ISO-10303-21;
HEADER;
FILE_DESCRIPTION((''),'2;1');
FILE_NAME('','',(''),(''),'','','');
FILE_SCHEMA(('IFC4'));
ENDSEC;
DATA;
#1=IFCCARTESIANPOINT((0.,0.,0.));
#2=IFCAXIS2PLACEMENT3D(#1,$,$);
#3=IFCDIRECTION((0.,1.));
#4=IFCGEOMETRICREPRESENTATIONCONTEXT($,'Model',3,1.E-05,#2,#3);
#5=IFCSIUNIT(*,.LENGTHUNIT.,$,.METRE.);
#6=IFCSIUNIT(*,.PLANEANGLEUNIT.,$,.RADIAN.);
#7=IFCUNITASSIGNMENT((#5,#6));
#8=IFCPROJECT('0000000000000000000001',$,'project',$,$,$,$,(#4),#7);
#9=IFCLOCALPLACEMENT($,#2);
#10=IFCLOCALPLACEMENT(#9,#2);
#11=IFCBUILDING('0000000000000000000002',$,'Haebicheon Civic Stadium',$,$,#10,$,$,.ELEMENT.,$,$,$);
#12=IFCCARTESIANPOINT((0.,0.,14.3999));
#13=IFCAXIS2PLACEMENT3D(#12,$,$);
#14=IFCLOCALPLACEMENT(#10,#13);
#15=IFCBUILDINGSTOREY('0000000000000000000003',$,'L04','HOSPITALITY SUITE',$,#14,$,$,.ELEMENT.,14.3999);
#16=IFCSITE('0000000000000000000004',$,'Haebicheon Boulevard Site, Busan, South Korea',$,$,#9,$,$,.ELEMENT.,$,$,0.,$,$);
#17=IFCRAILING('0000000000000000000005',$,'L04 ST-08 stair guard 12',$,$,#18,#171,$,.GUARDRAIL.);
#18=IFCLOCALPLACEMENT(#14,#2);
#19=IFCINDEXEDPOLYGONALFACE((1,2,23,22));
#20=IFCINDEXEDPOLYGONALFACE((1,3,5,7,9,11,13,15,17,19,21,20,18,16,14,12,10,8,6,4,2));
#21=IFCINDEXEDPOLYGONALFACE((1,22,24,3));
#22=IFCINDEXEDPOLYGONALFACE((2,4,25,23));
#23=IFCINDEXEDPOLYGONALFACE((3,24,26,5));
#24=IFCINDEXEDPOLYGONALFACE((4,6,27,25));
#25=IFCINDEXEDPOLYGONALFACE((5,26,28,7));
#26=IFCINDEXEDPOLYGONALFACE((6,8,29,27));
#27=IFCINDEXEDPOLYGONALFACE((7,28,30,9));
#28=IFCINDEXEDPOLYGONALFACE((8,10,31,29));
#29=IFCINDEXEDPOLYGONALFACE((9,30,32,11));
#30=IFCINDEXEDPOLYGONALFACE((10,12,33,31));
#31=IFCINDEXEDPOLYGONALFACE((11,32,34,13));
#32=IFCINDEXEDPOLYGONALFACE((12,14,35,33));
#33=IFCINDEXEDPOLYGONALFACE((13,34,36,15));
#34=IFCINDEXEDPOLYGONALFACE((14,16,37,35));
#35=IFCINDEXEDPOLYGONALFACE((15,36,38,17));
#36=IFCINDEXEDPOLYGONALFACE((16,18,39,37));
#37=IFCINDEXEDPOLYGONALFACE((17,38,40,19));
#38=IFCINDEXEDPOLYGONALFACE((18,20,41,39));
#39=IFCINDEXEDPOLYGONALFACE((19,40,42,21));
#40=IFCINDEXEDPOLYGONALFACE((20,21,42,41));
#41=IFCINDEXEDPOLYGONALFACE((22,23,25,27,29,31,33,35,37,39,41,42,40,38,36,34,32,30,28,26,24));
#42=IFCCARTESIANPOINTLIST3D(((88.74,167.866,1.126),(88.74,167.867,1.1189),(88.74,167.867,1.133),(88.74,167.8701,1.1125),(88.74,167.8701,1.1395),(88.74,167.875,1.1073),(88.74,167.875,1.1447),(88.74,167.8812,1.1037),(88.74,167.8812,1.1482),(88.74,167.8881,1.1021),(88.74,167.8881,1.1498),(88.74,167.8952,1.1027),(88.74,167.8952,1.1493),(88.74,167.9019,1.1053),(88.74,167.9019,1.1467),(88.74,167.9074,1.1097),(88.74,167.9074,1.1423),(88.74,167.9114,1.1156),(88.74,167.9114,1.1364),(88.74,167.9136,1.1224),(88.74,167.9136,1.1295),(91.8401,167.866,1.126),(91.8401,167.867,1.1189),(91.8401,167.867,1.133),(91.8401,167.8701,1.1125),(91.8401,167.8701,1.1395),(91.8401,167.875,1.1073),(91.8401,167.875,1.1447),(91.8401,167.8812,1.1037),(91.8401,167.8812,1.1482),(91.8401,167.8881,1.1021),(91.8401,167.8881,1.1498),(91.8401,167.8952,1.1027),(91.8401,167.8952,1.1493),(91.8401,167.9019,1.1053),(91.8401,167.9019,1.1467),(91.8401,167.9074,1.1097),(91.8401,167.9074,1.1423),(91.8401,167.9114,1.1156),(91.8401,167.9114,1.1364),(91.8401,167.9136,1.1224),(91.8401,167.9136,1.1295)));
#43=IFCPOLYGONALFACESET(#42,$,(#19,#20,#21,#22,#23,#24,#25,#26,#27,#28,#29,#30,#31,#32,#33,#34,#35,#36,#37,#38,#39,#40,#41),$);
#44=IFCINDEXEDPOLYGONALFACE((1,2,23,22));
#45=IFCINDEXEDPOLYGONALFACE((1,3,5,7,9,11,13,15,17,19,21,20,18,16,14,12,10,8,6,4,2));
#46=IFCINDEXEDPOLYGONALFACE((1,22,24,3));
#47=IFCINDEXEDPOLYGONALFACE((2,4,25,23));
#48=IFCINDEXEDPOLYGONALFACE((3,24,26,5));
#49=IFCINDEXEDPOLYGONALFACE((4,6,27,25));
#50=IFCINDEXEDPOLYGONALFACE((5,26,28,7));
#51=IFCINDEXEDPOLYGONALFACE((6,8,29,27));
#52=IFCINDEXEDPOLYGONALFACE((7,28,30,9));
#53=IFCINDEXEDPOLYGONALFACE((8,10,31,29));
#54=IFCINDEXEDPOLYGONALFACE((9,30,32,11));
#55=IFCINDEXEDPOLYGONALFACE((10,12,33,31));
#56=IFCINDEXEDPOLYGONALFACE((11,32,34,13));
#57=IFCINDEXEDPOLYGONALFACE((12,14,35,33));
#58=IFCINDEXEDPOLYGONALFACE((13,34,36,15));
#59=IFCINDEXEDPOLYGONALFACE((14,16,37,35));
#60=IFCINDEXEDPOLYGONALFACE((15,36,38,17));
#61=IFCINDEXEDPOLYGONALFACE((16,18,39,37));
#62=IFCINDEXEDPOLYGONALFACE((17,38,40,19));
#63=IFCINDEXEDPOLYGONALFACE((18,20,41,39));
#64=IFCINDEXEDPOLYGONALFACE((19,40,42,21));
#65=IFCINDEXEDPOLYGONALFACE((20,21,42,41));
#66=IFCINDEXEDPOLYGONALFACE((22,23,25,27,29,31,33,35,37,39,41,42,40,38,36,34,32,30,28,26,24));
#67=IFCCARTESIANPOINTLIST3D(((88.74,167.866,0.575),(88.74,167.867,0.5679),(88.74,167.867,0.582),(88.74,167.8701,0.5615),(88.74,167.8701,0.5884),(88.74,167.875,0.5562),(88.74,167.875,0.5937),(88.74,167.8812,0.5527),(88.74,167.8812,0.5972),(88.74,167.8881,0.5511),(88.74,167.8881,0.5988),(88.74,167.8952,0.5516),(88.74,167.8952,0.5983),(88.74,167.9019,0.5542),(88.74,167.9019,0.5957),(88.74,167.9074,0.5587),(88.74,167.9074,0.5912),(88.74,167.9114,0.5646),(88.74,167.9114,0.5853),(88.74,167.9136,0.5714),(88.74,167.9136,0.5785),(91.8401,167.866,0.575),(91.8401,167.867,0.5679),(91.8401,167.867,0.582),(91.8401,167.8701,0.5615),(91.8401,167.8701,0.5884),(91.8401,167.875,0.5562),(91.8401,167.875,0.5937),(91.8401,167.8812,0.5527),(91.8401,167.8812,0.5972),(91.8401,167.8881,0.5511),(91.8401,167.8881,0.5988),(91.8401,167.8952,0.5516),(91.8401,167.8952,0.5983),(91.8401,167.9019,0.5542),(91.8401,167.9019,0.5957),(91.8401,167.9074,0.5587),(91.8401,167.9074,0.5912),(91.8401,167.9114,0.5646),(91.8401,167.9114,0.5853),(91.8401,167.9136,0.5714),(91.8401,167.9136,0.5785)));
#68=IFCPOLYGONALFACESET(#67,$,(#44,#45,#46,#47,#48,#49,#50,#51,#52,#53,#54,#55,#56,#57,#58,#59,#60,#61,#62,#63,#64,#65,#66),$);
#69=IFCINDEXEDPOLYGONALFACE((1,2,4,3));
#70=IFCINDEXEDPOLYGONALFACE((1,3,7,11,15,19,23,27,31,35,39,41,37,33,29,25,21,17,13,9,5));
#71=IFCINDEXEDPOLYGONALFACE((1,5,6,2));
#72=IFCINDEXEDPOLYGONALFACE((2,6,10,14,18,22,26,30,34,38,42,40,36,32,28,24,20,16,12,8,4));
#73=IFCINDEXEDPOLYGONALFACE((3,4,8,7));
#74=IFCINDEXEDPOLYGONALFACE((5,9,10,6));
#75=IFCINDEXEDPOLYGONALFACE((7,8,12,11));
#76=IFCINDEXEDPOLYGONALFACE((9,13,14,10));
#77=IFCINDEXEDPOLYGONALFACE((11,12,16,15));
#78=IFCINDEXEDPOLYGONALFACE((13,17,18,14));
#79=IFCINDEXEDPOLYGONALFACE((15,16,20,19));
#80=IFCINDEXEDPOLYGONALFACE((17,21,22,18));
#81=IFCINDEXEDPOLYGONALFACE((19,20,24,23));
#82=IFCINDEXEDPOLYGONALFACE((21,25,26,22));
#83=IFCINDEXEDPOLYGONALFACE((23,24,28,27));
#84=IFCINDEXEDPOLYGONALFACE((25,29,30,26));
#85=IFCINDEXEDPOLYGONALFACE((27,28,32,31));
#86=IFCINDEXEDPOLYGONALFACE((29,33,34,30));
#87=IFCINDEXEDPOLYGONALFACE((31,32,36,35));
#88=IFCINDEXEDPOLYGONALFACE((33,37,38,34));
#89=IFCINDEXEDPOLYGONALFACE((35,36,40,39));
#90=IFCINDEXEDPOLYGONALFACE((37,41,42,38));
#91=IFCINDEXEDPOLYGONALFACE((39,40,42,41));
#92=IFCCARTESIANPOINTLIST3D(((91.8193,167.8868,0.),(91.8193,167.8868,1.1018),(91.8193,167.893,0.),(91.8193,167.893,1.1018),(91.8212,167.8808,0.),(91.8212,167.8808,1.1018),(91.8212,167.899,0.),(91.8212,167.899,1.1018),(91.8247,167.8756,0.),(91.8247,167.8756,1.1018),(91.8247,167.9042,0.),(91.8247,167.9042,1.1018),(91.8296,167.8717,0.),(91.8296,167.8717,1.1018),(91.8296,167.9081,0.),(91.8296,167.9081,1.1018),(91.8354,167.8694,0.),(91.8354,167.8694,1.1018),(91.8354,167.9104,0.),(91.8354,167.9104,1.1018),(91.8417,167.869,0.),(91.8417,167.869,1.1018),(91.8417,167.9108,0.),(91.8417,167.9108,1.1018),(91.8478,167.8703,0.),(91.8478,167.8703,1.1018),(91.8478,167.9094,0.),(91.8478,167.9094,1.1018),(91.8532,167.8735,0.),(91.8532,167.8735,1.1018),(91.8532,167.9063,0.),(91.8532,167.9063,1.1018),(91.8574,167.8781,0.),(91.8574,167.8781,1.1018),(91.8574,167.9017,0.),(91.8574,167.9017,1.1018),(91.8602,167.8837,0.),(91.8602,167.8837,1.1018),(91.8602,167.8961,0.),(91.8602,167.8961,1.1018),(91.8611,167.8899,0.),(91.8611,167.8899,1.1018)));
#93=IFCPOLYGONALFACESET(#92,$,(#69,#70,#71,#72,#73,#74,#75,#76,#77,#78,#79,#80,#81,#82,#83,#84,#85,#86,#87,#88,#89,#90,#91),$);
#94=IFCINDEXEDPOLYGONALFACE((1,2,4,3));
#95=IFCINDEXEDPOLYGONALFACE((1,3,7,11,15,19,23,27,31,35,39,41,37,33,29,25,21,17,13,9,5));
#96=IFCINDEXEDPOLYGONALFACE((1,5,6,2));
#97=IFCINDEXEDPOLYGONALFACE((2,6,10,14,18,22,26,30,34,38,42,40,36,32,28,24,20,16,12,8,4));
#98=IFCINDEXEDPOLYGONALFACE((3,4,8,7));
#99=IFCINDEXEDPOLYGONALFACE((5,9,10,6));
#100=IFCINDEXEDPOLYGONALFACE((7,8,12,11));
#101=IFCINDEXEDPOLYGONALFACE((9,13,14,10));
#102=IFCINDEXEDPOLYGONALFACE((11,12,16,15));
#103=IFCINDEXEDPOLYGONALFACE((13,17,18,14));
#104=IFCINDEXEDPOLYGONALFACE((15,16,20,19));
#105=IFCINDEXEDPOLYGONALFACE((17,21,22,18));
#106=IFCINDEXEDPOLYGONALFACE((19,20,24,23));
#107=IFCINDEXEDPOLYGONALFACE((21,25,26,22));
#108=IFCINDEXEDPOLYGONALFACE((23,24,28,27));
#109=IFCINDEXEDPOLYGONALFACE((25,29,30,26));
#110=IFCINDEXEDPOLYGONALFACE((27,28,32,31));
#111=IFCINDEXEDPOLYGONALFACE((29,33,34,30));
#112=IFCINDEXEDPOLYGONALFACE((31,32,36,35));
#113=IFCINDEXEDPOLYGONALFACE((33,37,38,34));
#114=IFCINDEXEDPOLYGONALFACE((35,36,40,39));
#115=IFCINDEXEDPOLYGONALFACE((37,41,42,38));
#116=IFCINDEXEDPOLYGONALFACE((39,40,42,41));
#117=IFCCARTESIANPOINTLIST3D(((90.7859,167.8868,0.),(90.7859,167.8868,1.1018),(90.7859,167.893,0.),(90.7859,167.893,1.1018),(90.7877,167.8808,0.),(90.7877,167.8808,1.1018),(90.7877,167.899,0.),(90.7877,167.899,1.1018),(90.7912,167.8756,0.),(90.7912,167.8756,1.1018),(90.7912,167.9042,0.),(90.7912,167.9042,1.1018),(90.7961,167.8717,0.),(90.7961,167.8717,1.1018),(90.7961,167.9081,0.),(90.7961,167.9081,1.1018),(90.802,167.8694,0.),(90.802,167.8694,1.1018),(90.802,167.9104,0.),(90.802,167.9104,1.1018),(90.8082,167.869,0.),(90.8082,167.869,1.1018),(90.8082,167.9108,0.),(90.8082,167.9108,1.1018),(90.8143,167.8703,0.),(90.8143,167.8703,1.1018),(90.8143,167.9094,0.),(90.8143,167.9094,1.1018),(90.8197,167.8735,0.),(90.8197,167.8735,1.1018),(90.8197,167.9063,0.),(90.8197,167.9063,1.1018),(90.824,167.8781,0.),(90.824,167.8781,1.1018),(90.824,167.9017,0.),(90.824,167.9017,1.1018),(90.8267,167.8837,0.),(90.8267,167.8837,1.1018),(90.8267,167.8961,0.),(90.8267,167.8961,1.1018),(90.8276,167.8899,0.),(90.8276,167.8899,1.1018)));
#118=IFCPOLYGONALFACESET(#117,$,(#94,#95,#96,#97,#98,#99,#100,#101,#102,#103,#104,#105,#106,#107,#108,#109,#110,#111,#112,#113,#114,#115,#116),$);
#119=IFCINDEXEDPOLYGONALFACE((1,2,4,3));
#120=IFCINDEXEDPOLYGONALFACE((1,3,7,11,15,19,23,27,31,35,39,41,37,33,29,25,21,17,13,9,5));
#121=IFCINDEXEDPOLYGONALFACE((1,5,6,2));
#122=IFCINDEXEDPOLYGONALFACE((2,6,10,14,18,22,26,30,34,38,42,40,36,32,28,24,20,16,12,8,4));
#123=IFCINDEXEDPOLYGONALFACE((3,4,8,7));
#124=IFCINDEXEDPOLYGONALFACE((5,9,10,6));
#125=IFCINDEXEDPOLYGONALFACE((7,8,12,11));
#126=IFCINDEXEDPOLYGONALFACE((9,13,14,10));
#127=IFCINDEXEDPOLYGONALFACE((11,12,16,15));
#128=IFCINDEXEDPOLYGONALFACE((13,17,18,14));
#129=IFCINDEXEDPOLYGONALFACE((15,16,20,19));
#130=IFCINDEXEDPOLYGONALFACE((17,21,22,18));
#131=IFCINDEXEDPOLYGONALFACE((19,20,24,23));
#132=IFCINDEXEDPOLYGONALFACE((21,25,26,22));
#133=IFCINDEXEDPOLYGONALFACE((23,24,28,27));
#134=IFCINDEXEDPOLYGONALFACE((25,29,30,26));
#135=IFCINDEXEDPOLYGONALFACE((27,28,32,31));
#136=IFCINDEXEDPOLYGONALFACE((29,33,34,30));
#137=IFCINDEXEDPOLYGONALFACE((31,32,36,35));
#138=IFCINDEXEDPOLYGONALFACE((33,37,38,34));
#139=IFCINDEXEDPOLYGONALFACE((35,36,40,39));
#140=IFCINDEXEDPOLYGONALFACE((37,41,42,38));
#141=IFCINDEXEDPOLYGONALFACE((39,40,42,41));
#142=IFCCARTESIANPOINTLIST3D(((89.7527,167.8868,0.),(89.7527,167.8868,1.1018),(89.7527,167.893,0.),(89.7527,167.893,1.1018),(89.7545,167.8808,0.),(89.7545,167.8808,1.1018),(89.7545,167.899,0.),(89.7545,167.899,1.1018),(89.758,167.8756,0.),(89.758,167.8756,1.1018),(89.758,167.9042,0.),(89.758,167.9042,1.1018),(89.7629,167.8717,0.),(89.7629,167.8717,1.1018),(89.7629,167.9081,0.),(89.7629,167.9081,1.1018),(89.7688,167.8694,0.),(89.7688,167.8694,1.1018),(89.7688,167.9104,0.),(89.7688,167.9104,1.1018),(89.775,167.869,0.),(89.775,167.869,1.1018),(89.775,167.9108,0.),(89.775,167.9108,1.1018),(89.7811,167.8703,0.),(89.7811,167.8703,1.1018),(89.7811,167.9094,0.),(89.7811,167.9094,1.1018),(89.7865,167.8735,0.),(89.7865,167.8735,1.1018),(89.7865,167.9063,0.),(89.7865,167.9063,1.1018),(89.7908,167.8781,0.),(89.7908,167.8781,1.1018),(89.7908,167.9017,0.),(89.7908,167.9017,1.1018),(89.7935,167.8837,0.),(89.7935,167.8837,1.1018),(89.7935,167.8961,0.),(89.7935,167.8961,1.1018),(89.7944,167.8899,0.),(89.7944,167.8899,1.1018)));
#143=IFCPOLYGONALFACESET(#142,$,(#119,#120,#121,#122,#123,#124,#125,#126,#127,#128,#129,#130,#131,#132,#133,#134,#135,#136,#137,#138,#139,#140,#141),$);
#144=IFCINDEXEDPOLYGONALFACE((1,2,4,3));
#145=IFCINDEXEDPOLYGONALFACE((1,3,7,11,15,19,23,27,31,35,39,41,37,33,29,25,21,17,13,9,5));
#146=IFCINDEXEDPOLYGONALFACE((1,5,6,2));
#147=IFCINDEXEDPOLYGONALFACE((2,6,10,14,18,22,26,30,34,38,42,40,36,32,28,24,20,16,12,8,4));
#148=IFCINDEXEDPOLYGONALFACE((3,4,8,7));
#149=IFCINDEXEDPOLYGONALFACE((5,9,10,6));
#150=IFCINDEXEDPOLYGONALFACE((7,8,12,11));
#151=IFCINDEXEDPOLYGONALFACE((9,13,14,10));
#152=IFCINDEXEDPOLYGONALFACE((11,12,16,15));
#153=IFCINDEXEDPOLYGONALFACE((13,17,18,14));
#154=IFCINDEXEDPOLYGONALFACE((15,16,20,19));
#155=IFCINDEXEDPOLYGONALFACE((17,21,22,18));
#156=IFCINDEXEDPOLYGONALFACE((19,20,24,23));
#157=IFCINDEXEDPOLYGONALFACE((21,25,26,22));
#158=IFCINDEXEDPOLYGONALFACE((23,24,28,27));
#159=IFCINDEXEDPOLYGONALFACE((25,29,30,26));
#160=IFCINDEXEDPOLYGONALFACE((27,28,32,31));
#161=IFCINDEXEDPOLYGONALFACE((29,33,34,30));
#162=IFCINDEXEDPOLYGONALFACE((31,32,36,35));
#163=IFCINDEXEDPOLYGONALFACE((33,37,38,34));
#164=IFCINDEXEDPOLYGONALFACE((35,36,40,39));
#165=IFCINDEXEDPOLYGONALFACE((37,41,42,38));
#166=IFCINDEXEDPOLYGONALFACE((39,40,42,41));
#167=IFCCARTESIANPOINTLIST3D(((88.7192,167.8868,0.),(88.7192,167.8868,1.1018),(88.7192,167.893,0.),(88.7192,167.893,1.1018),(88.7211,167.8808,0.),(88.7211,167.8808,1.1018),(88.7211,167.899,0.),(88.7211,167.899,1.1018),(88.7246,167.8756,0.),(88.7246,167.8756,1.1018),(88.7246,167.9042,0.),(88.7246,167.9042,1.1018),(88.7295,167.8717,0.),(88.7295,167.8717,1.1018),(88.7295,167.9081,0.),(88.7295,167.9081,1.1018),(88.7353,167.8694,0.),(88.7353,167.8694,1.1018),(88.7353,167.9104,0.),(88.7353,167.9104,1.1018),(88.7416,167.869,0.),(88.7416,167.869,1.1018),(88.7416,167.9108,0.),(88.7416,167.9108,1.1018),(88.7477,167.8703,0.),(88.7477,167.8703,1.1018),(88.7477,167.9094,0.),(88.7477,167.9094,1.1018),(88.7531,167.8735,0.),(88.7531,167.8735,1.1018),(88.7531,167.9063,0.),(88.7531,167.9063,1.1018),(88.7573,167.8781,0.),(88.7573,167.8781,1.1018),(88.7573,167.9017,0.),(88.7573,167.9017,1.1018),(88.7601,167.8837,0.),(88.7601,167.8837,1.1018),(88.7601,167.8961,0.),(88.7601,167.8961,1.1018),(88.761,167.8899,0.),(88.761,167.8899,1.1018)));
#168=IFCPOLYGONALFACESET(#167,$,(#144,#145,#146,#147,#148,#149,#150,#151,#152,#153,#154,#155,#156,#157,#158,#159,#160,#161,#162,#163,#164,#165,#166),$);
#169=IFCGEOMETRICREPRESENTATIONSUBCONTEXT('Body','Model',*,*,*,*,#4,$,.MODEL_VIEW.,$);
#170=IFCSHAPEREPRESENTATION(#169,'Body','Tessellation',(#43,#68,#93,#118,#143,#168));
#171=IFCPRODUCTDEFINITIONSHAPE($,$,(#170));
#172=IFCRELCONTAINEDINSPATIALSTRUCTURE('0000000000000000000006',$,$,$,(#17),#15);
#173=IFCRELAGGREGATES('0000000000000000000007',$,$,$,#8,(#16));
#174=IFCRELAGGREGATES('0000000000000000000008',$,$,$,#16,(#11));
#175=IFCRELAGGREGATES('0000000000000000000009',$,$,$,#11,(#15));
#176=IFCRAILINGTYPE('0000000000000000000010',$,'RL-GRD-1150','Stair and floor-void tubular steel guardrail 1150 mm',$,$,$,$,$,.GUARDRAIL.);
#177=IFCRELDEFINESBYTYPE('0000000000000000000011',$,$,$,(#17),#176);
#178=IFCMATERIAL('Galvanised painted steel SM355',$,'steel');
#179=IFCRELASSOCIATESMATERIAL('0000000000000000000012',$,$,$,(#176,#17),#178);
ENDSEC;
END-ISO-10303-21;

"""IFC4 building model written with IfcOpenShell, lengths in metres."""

from ifc_helpers import new_model, si_unit, direction, frame, origin, origin_2d, place, context, subcontext, project, spatial, circle, extrude, material, type_object, element, save


model = new_model("IFC4")

# Units and contexts
model_context = context("Model", 3, precision=1e-05, world=origin(), true_north=direction((0.0, 1.0)))
body_context = subcontext(model_context, "Body", "Model", "MODEL_VIEW")
ifc_project = project(units=[si_unit("LENGTHUNIT", "METRE"), si_unit("PLANEANGLEUNIT", "RADIAN")], contexts=[model_context])

# Site, building, storey
site_placement = place(None, origin())
site = spatial("IfcSite", under=ifc_project, at=site_placement, Name="Haebicheon Boulevard Site, Busan, South Korea", CompositionType="ELEMENT", RefElevation=0.0)
building_placement = place(site_placement, origin())
building = spatial("IfcBuilding", under=site, at=building_placement, Name="Haebicheon Civic Stadium", CompositionType="ELEMENT")
storey_placement = place(building_placement, frame((0.0, 0.0, 14.3999)))
storey = spatial("IfcBuildingStorey", under=building, at=storey_placement, Name="L04", Description="HOSPITALITY SUITE", CompositionType="ELEMENT", Elevation=14.3999)

# Railing
ifc_material_1 = material(Name="Galvanised painted steel SM355", Category="steel")
railing_type = type_object("IfcRailingType", Name="RL-GRD-1150", Description="Stair and floor-void tubular steel guardrail 1150 mm", PredefinedType="GUARDRAIL", material=ifc_material_1)
railing_1_placement = place(storey_placement, frame((91.8401, 167.8899, 0.0)))
element("IfcRailing", 1, at=railing_1_placement, inside=storey, type_object=railing_type, material=ifc_material_1, Name="L04 ST-08 stair guard 12", PredefinedType="GUARDRAIL", context=body_context, shape_type="SweptSolid", body=[
    extrude(circle(Radius=0.0239, at=origin_2d()), frame((0.0, 0.0, 1.126), z_axis=(-1.0, 0.0, 0.0), x_axis=(0.0, -1.0, 0.0)), (0.0, 0.0, 1.0), 3.1001),
    extrude(circle(Radius=0.0239, at=origin_2d()), frame((0.0, 0.0, 0.575), z_axis=(-1.0, 0.0, 0.0), x_axis=(0.0, -1.0, 0.0)), (0.0, 0.0, 1.0), 3.1001),
    extrude(circle(Radius=0.021, at=origin_2d()), origin(), (0.0, 0.0, 1.0), 1.1018),
    extrude(circle(Radius=0.021, at=origin_2d()), frame((-1.0334, 0.0, 0.0)), (0.0, 0.0, 1.0), 1.1018),
    extrude(circle(Radius=0.021, at=origin_2d()), frame((-2.0667, 0.0, 0.0)), (0.0, 0.0, 1.0), 1.1018),
    extrude(circle(Radius=0.021, at=origin_2d()), frame((-3.1001, 0.0, 0.0)), (0.0, 0.0, 1.0), 1.1018),
])

save(model, "model.ifc")
